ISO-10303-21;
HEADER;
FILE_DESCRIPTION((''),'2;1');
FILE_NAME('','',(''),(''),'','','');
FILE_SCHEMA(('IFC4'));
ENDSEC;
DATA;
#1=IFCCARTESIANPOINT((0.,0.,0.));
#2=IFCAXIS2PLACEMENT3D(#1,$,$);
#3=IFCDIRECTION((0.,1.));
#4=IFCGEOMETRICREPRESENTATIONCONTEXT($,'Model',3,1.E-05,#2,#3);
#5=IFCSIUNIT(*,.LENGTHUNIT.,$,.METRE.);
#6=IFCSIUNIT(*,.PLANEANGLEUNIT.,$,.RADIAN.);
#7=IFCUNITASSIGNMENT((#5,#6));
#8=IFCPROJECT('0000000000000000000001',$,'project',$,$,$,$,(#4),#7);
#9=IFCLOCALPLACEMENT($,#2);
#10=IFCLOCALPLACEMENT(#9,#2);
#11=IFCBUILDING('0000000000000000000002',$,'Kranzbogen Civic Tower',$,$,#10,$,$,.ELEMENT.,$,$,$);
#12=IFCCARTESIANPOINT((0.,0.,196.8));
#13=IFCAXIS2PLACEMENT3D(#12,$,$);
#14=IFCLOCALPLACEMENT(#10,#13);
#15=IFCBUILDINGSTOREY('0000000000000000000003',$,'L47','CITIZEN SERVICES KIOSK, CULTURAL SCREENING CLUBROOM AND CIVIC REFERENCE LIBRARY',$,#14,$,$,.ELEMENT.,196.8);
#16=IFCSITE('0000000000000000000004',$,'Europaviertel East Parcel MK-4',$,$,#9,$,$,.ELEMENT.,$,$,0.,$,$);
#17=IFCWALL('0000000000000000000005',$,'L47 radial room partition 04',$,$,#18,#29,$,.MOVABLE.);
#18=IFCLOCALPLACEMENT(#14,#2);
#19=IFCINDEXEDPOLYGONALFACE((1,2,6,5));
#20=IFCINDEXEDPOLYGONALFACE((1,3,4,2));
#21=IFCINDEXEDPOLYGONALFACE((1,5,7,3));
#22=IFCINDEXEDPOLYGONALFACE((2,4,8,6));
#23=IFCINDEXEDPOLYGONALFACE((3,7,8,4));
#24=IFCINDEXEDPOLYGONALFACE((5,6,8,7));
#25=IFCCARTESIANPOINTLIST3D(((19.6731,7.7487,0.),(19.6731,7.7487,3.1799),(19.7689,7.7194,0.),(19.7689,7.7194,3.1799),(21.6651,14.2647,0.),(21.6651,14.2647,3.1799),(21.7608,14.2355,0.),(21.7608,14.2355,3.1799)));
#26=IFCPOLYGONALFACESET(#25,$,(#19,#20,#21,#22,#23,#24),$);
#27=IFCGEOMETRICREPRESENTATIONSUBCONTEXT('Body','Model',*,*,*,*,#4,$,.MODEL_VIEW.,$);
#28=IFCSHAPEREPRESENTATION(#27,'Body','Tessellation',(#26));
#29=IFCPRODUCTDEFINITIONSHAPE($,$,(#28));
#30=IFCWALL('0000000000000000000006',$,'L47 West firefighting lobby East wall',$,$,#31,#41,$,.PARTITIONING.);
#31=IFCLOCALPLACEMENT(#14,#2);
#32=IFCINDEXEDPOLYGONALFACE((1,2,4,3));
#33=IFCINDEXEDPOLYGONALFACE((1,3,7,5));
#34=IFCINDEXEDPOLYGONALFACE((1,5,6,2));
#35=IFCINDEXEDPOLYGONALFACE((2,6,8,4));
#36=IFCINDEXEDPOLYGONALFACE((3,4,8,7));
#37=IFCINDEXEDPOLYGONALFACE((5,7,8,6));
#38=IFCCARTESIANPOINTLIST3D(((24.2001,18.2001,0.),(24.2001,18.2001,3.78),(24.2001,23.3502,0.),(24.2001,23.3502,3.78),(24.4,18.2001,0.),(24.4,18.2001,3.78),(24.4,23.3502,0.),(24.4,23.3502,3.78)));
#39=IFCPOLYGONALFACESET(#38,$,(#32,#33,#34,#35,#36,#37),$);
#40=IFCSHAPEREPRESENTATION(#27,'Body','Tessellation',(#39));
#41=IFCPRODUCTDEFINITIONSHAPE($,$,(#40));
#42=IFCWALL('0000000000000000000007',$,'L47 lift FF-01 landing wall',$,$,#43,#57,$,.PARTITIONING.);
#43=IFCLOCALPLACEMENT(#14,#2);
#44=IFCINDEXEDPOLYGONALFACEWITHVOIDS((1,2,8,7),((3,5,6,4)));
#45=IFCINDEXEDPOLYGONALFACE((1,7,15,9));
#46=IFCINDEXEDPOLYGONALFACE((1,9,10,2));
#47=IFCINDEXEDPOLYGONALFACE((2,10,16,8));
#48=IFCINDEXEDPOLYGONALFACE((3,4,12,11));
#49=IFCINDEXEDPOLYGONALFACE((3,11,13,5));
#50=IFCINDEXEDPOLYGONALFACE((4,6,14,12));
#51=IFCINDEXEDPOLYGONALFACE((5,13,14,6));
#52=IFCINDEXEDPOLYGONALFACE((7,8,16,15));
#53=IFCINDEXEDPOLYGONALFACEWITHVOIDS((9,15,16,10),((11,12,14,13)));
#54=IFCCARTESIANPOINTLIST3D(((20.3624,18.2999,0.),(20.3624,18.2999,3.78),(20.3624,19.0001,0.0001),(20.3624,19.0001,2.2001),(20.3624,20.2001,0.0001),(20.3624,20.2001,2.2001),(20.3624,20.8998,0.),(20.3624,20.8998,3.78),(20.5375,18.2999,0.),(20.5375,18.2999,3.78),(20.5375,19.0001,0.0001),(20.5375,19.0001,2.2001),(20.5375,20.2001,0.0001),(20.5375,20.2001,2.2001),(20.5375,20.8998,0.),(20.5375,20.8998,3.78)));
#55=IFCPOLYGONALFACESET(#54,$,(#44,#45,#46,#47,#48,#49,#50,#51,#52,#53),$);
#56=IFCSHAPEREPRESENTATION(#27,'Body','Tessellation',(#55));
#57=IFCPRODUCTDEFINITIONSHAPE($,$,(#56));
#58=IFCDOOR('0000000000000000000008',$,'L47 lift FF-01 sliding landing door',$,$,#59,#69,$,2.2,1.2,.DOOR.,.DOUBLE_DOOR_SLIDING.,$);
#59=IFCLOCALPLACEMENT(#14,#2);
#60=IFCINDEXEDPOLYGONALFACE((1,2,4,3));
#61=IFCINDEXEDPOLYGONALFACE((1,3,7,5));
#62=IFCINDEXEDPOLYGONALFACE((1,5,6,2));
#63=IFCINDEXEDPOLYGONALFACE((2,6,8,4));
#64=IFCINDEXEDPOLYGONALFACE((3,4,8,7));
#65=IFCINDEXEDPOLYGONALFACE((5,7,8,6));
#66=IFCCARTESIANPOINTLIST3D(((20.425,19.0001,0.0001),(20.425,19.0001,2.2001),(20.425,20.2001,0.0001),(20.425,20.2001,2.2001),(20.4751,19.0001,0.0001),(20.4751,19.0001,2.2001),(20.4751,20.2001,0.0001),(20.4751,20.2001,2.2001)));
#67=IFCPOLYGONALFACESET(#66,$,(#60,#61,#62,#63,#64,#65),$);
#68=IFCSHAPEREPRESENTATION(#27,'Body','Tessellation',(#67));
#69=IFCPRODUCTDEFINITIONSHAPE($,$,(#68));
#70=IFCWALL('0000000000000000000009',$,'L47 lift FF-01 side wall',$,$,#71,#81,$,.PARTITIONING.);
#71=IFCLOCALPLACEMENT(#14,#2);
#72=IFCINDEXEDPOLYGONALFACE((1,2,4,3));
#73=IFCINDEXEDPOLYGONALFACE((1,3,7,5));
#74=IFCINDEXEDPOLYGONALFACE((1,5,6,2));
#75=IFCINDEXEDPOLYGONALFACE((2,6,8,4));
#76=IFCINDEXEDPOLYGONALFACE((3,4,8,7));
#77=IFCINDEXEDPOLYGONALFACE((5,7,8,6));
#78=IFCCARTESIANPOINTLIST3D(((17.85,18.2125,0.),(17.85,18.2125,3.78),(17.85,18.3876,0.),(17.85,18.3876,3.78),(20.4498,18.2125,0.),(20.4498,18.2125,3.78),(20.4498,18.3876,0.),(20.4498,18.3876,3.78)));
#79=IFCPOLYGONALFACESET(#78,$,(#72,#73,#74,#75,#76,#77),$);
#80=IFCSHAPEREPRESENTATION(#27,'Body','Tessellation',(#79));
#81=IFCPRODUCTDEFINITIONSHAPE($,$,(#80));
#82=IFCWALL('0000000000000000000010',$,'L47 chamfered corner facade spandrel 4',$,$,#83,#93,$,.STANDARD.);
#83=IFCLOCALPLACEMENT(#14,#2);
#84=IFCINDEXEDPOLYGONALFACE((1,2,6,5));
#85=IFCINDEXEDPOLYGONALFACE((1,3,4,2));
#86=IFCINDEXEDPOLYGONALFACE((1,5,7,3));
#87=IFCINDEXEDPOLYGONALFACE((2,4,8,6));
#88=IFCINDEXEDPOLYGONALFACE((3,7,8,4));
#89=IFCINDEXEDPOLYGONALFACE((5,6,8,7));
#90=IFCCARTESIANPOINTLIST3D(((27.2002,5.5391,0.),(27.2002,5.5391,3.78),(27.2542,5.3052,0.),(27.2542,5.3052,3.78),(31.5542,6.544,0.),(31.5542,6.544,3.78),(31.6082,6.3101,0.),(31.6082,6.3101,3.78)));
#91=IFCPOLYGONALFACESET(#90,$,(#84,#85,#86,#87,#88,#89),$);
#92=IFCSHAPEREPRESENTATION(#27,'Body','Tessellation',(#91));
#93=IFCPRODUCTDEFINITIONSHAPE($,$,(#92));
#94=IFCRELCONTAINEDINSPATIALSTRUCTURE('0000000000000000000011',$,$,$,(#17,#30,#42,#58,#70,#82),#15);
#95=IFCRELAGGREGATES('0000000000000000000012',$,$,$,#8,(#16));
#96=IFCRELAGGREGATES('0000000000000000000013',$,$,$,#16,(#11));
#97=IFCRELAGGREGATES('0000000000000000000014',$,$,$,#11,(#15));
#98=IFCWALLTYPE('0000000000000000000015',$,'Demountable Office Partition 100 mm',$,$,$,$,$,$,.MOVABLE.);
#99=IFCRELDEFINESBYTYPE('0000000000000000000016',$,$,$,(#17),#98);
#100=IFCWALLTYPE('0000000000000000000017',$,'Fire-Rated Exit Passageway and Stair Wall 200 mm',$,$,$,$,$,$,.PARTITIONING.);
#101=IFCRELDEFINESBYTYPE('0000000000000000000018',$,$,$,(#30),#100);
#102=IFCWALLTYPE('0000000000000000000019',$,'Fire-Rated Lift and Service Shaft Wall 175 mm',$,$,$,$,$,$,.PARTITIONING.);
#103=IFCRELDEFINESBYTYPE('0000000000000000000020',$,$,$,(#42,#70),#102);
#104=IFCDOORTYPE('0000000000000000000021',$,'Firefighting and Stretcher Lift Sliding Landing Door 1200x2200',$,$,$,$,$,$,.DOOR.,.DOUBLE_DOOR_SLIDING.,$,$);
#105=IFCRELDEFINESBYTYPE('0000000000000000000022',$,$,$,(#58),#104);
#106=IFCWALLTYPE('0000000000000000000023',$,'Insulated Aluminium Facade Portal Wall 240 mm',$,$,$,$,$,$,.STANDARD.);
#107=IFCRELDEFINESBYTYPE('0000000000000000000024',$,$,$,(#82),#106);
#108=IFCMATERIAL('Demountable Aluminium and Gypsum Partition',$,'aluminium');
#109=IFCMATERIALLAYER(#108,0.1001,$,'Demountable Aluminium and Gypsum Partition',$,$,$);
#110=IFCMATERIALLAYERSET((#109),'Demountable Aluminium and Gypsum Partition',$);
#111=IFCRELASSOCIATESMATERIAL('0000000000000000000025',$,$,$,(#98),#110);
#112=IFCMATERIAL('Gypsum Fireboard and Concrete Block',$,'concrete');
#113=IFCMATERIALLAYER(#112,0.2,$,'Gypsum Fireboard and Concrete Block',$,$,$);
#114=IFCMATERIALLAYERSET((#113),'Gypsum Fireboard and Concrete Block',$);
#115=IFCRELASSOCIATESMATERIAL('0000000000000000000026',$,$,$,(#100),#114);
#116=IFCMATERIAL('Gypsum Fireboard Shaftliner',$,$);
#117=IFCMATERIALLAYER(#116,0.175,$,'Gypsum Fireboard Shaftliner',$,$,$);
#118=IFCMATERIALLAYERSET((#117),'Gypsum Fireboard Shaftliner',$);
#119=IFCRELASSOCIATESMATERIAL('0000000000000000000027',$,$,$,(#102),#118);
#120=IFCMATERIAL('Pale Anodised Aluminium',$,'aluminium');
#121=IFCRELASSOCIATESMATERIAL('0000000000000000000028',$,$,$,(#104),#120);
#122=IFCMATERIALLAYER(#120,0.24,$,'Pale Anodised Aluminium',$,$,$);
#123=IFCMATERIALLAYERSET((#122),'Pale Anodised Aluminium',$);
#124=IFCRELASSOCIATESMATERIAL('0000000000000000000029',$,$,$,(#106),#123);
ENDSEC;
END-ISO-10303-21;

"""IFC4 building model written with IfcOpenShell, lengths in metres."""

from ifc_helpers import new_model, si_unit, direction, frame, frame_2d, origin, place, context, subcontext, project, spatial, rectangle, extrude, material, layer, layer_set, type_object, element, fill, save


model = new_model("IFC4")

# Units and contexts
model_context = context("Model", 3, precision=1e-05, world=origin(), true_north=direction((0.0, 1.0)))
body_context = subcontext(model_context, "Body", "Model", "MODEL_VIEW")
ifc_project = project(units=[si_unit("LENGTHUNIT", "METRE"), si_unit("PLANEANGLEUNIT", "RADIAN")], contexts=[model_context])

# Site, building, storey
site_placement = place(None, origin())
site = spatial("IfcSite", under=ifc_project, at=site_placement, Name="Europaviertel East Parcel MK-4", CompositionType="ELEMENT", RefElevation=0.0)
building_placement = place(site_placement, origin())
building = spatial("IfcBuilding", under=site, at=building_placement, Name="Kranzbogen Civic Tower", CompositionType="ELEMENT")
storey_placement = place(building_placement, frame((0.0, 0.0, 196.8)))
storey = spatial("IfcBuildingStorey", under=building, at=storey_placement, Name="L47", Description="CITIZEN SERVICES KIOSK, CULTURAL SCREENING CLUBROOM AND CIVIC REFERENCE LIBRARY", CompositionType="ELEMENT", Elevation=196.8)

# Shared definitions
ifc_material_1 = material(Name="Pale Anodised Aluminium", Category="aluminium")

# Walls
ifc_material_2 = material(Name="Demountable Aluminium and Gypsum Partition", Category="aluminium")
ifc_layer_1 = layer(ifc_material_2, 0.1001, Name="Demountable Aluminium and Gypsum Partition")
ifc_layer_set_1 = layer_set([ifc_layer_1], Name="Demountable Aluminium and Gypsum Partition")
wall_type_1 = type_object("IfcWallType", Name="Demountable Office Partition 100 mm", PredefinedType="MOVABLE", material=ifc_layer_set_1)
wall_1_placement = place(storey_placement, frame((21.7129, 14.25, 0.0), z_axis=(0.0, 0.0, 1.0), x_axis=(-0.292341, -0.956314, 0.0)))
element("IfcWall", 1, at=wall_1_placement, inside=storey, type_object=wall_type_1, Name="L47 radial room partition 04", PredefinedType="MOVABLE", context=body_context, shape_type="SweptSolid", body=[
    extrude(rectangle(XDim=6.8137, YDim=0.1001, at=frame_2d((3.4067, 0.0))), origin(), (0.0, 0.0, 1.0), 3.1799),
])
ifc_material_3 = material(Name="Gypsum Fireboard and Concrete Block", Category="concrete")
ifc_layer_2 = layer(ifc_material_3, 0.2, Name="Gypsum Fireboard and Concrete Block")
ifc_layer_set_2 = layer_set([ifc_layer_2], Name="Gypsum Fireboard and Concrete Block")
wall_type_2 = type_object("IfcWallType", Name="Fire-Rated Exit Passageway and Stair Wall 200 mm", PredefinedType="PARTITIONING", material=ifc_layer_set_2)
wall_2_placement = place(storey_placement, frame((24.3, 18.2, 0.0), z_axis=(0.0, 0.0, 1.0), x_axis=(0.0, 1.0, 0.0)))
element("IfcWall", 2, at=wall_2_placement, inside=storey, type_object=wall_type_2, Name="L47 West firefighting lobby East wall", PredefinedType="PARTITIONING", context=body_context, shape_type="SweptSolid", body=[
    extrude(rectangle(XDim=5.1501, YDim=0.2, at=frame_2d((2.5752, 0.0))), origin(), (0.0, 0.0, 1.0), 3.78),
])

# Wall, opening, door
ifc_material_4 = material(Name="Gypsum Fireboard Shaftliner")
ifc_layer_3 = layer(ifc_material_4, 0.175, Name="Gypsum Fireboard Shaftliner")
ifc_layer_set_3 = layer_set([ifc_layer_3], Name="Gypsum Fireboard Shaftliner")
wall_type_3 = type_object("IfcWallType", Name="Fire-Rated Lift and Service Shaft Wall 175 mm", PredefinedType="PARTITIONING", material=ifc_layer_set_3)
wall_3_placement = place(storey_placement, frame((20.45, 18.3, 0.0), z_axis=(0.0, 0.0, 1.0), x_axis=(0.0, 1.0, 0.0)))
wall_3 = element("IfcWall", 3, at=wall_3_placement, inside=storey, type_object=wall_type_3, Name="L47 lift FF-01 landing wall", PredefinedType="PARTITIONING", context=body_context, shape_type="SweptSolid", body=[
    extrude(rectangle(XDim=2.5999, YDim=0.175, at=frame_2d((1.2998, 0.0))), origin(), (0.0, 0.0, 1.0), 3.78),
])
opening_placement = place(wall_3_placement, frame((0.7, 0.0, 0.0)))
opening = element("IfcOpeningElement", 4, at=opening_placement, cuts=wall_3, PredefinedType="OPENING", context=body_context, shape_type="SweptSolid", body=[
    extrude(rectangle(XDim=1.2, YDim=2.2, at=frame_2d((0.6001, 1.1001))), frame((0.0, 0.0977, 0.0), z_axis=(0.0, -1.0, 0.0), x_axis=(1.0, 0.0, 0.0)), (0.0, 0.0, 1.0), 0.1951),
])
door_type = type_object("IfcDoorType", Name="Firefighting and Stretcher Lift Sliding Landing Door 1200x2200", OperationType="DOUBLE_DOOR_SLIDING", PredefinedType="DOOR", material=ifc_material_1)
door_placement = place(opening_placement, origin())
door = element("IfcDoor", 5, at=door_placement, inside=storey, type_object=door_type, Name="L47 lift FF-01 sliding landing door", OperationType="DOUBLE_DOOR_SLIDING", OverallHeight=2.2, OverallWidth=1.2, PredefinedType="DOOR", context=body_context, shape_type="SweptSolid", body=[
    extrude(rectangle(XDim=1.2, YDim=2.2, at=frame_2d((0.6001, 1.1001))), frame((0.0, 0.0249, 0.0), z_axis=(0.0, -1.0, 0.0), x_axis=(1.0, 0.0, 0.0)), (0.0, 0.0, 1.0), 0.05),
])
fill(opening, door)

# Walls
wall_4_placement = place(storey_placement, frame((17.8501, 18.3, 0.0), z_axis=(0.0, 0.0, 1.0), x_axis=(1.0, 0.0, 0.0)))
element("IfcWall", 6, at=wall_4_placement, inside=storey, type_object=wall_type_3, Name="L47 lift FF-01 side wall", PredefinedType="PARTITIONING", context=body_context, shape_type="SweptSolid", body=[
    extrude(rectangle(XDim=2.5999, YDim=0.175, at=frame_2d((1.2998, 0.0))), origin(), (0.0, 0.0, 1.0), 3.78),
])
ifc_layer_4 = layer(ifc_material_1, 0.24, Name="Pale Anodised Aluminium")
ifc_layer_set_4 = layer_set([ifc_layer_4], Name="Pale Anodised Aluminium")
wall_type_4 = type_object("IfcWallType", Name="Insulated Aluminium Facade Portal Wall 240 mm", PredefinedType="STANDARD", material=ifc_layer_set_4)
wall_5_placement = place(storey_placement, frame((27.2271, 5.4221, 0.0), z_axis=(0.0, 0.0, 1.0), x_axis=(0.974386, 0.224883, 0.0)))
element("IfcWall", 7, at=wall_5_placement, inside=storey, type_object=wall_type_4, Name="L47 chamfered corner facade spandrel 4", PredefinedType="STANDARD", context=body_context, shape_type="SweptSolid", body=[
    extrude(rectangle(XDim=4.4685, YDim=0.24, at=frame_2d((2.2344, 0.0))), origin(), (0.0, 0.0, 1.0), 3.78),
])

save(model, "model.ifc")
